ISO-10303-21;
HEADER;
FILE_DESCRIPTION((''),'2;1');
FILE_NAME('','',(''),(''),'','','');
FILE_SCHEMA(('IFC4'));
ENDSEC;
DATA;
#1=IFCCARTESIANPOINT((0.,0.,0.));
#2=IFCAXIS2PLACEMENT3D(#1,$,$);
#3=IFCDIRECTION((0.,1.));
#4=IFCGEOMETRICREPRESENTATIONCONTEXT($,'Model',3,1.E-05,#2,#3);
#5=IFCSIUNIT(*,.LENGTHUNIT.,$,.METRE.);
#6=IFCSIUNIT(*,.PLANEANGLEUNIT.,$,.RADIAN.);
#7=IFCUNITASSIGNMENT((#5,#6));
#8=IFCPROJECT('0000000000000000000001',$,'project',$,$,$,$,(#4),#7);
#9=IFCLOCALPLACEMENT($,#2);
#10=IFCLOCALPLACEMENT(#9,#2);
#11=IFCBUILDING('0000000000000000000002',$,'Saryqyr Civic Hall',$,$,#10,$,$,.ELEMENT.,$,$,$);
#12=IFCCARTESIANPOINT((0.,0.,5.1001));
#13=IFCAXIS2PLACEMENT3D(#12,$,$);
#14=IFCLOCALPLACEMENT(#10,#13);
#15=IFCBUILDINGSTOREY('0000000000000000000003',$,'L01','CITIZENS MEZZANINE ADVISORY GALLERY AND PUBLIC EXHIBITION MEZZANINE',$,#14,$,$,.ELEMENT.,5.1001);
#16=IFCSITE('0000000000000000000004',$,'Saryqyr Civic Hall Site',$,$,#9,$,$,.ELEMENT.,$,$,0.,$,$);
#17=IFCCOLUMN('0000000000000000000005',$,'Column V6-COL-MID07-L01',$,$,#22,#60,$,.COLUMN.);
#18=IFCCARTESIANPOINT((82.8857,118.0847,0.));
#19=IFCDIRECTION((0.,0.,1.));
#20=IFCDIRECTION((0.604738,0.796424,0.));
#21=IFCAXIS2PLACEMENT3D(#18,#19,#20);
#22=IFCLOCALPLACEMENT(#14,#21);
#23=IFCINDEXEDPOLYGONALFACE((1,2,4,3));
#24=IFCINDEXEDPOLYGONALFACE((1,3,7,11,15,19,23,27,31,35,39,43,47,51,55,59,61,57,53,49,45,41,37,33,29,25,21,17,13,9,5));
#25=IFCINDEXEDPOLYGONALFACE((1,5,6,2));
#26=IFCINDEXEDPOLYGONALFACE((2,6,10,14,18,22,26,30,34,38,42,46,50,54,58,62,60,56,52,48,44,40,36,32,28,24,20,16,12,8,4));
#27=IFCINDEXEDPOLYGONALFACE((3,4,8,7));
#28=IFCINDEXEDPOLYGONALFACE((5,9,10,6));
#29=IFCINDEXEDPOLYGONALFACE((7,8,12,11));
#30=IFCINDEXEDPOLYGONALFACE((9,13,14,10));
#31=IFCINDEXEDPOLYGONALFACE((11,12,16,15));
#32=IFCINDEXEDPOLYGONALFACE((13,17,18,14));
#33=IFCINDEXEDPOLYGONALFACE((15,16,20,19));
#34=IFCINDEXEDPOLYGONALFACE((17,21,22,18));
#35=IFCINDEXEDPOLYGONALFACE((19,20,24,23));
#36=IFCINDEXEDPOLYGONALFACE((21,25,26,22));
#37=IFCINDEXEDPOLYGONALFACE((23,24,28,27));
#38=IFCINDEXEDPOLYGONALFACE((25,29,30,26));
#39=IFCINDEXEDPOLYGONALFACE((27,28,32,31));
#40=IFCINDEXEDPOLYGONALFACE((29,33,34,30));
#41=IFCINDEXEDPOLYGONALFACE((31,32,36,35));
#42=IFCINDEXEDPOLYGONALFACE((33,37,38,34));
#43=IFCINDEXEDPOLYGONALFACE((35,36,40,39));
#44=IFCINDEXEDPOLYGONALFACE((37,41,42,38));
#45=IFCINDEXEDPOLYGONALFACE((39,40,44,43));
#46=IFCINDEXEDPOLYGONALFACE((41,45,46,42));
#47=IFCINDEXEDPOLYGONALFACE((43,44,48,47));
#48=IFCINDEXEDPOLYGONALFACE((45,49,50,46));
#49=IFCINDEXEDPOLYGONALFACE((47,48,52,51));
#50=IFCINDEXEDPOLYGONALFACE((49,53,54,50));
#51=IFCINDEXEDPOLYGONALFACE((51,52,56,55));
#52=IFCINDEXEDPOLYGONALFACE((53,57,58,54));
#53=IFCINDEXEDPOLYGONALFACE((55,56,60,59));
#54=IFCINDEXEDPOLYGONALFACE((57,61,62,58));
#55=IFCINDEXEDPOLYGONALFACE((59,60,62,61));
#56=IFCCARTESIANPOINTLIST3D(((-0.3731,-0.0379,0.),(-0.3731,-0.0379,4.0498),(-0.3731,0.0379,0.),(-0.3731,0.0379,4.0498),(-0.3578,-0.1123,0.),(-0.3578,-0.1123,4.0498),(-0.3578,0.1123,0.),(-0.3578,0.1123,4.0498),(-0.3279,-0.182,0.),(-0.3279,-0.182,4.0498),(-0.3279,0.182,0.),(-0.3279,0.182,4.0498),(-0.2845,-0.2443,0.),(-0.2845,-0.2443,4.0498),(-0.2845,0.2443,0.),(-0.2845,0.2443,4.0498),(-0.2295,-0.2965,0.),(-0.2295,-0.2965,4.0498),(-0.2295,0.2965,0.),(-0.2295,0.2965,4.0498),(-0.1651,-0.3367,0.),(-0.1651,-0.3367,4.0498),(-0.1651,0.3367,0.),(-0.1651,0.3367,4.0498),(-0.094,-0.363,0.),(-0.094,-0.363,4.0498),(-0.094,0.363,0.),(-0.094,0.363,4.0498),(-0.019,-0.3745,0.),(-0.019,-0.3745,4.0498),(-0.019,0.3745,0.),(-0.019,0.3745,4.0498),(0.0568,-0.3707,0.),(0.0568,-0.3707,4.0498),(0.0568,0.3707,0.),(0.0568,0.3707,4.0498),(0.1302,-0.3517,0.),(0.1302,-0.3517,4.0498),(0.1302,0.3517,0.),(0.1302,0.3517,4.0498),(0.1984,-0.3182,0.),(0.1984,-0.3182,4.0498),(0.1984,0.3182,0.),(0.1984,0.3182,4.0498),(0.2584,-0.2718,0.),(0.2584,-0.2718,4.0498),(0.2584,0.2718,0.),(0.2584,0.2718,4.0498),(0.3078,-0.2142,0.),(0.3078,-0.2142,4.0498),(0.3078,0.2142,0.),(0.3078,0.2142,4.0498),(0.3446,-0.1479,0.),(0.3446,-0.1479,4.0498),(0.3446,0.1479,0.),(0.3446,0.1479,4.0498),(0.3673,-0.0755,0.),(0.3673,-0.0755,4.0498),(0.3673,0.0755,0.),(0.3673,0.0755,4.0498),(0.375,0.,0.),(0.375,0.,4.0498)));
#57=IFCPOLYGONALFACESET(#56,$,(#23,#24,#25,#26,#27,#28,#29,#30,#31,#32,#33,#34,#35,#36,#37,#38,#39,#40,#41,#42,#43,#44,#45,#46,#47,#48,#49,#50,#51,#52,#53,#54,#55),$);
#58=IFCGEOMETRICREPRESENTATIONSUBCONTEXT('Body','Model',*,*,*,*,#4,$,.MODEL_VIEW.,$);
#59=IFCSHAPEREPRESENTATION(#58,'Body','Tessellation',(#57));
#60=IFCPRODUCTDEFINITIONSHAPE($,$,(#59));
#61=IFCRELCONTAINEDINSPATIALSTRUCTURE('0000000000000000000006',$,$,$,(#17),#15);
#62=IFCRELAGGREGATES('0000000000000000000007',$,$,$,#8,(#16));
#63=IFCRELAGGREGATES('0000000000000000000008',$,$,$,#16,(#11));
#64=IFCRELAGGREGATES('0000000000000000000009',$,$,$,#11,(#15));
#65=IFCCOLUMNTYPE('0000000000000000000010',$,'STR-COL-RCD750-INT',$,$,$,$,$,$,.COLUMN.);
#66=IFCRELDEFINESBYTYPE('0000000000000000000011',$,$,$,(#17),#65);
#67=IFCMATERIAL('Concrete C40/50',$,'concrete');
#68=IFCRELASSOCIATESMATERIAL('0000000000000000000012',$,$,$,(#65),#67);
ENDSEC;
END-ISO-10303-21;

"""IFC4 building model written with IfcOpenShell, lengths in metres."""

from ifc_helpers import new_model, si_unit, direction, frame, origin, origin_2d, place, context, subcontext, project, spatial, circle, extrude, material, material_profile, profile_set, type_object, element, save


model = new_model("IFC4")

# Units and contexts
model_context = context("Model", 3, precision=1e-05, world=origin(), true_north=direction((0.0, 1.0)))
body_context = subcontext(model_context, "Body", "Model", "MODEL_VIEW")
ifc_project = project(units=[si_unit("LENGTHUNIT", "METRE"), si_unit("PLANEANGLEUNIT", "RADIAN")], contexts=[model_context])

# Site, building, storey
site_placement = place(None, origin())
site = spatial("IfcSite", under=ifc_project, at=site_placement, Name="Saryqyr Civic Hall Site", CompositionType="ELEMENT", RefElevation=0.0)
building_placement = place(site_placement, origin())
building = spatial("IfcBuilding", under=site, at=building_placement, Name="Saryqyr Civic Hall", CompositionType="ELEMENT")
storey_placement = place(building_placement, frame((0.0, 0.0, 5.1001)))
storey = spatial("IfcBuildingStorey", under=building, at=storey_placement, Name="L01", Description="CITIZENS MEZZANINE ADVISORY GALLERY AND PUBLIC EXHIBITION MEZZANINE", CompositionType="ELEMENT", Elevation=5.1001)

# Column
ifc_material_1 = material(Name="Concrete C40/50", Category="concrete")
ifc_material_profile_1 = material_profile(ifc_material_1, circle(Radius=0.375, at=origin_2d()), Name="RC D750")
ifc_profile_set_1 = profile_set([ifc_material_profile_1], Name="Concrete C40/50")
column_type_1 = type_object("IfcColumnType", Name="STR-COL-RCD750-INT", PredefinedType="COLUMN", material=ifc_profile_set_1)
for number, where, z_axis, x_axis, name in (
    (1, (82.8857, 118.0847, 0.0), (0.0, 0.0, 1.0), (0.604738, 0.796424, 0.0), "Column V6-COL-MID07-L01"),
):
    element("IfcColumn", number, at=place(storey_placement, frame(where, z_axis=z_axis, x_axis=x_axis)), inside=storey, type_object=column_type_1, Name=name, PredefinedType="COLUMN", context=body_context, shape_type="SweptSolid", body=[
        extrude(circle(Radius=0.375, at=origin_2d()), origin(), (0.0, 0.0, 1.0), 4.0498),
    ])

save(model, "model.ifc")
